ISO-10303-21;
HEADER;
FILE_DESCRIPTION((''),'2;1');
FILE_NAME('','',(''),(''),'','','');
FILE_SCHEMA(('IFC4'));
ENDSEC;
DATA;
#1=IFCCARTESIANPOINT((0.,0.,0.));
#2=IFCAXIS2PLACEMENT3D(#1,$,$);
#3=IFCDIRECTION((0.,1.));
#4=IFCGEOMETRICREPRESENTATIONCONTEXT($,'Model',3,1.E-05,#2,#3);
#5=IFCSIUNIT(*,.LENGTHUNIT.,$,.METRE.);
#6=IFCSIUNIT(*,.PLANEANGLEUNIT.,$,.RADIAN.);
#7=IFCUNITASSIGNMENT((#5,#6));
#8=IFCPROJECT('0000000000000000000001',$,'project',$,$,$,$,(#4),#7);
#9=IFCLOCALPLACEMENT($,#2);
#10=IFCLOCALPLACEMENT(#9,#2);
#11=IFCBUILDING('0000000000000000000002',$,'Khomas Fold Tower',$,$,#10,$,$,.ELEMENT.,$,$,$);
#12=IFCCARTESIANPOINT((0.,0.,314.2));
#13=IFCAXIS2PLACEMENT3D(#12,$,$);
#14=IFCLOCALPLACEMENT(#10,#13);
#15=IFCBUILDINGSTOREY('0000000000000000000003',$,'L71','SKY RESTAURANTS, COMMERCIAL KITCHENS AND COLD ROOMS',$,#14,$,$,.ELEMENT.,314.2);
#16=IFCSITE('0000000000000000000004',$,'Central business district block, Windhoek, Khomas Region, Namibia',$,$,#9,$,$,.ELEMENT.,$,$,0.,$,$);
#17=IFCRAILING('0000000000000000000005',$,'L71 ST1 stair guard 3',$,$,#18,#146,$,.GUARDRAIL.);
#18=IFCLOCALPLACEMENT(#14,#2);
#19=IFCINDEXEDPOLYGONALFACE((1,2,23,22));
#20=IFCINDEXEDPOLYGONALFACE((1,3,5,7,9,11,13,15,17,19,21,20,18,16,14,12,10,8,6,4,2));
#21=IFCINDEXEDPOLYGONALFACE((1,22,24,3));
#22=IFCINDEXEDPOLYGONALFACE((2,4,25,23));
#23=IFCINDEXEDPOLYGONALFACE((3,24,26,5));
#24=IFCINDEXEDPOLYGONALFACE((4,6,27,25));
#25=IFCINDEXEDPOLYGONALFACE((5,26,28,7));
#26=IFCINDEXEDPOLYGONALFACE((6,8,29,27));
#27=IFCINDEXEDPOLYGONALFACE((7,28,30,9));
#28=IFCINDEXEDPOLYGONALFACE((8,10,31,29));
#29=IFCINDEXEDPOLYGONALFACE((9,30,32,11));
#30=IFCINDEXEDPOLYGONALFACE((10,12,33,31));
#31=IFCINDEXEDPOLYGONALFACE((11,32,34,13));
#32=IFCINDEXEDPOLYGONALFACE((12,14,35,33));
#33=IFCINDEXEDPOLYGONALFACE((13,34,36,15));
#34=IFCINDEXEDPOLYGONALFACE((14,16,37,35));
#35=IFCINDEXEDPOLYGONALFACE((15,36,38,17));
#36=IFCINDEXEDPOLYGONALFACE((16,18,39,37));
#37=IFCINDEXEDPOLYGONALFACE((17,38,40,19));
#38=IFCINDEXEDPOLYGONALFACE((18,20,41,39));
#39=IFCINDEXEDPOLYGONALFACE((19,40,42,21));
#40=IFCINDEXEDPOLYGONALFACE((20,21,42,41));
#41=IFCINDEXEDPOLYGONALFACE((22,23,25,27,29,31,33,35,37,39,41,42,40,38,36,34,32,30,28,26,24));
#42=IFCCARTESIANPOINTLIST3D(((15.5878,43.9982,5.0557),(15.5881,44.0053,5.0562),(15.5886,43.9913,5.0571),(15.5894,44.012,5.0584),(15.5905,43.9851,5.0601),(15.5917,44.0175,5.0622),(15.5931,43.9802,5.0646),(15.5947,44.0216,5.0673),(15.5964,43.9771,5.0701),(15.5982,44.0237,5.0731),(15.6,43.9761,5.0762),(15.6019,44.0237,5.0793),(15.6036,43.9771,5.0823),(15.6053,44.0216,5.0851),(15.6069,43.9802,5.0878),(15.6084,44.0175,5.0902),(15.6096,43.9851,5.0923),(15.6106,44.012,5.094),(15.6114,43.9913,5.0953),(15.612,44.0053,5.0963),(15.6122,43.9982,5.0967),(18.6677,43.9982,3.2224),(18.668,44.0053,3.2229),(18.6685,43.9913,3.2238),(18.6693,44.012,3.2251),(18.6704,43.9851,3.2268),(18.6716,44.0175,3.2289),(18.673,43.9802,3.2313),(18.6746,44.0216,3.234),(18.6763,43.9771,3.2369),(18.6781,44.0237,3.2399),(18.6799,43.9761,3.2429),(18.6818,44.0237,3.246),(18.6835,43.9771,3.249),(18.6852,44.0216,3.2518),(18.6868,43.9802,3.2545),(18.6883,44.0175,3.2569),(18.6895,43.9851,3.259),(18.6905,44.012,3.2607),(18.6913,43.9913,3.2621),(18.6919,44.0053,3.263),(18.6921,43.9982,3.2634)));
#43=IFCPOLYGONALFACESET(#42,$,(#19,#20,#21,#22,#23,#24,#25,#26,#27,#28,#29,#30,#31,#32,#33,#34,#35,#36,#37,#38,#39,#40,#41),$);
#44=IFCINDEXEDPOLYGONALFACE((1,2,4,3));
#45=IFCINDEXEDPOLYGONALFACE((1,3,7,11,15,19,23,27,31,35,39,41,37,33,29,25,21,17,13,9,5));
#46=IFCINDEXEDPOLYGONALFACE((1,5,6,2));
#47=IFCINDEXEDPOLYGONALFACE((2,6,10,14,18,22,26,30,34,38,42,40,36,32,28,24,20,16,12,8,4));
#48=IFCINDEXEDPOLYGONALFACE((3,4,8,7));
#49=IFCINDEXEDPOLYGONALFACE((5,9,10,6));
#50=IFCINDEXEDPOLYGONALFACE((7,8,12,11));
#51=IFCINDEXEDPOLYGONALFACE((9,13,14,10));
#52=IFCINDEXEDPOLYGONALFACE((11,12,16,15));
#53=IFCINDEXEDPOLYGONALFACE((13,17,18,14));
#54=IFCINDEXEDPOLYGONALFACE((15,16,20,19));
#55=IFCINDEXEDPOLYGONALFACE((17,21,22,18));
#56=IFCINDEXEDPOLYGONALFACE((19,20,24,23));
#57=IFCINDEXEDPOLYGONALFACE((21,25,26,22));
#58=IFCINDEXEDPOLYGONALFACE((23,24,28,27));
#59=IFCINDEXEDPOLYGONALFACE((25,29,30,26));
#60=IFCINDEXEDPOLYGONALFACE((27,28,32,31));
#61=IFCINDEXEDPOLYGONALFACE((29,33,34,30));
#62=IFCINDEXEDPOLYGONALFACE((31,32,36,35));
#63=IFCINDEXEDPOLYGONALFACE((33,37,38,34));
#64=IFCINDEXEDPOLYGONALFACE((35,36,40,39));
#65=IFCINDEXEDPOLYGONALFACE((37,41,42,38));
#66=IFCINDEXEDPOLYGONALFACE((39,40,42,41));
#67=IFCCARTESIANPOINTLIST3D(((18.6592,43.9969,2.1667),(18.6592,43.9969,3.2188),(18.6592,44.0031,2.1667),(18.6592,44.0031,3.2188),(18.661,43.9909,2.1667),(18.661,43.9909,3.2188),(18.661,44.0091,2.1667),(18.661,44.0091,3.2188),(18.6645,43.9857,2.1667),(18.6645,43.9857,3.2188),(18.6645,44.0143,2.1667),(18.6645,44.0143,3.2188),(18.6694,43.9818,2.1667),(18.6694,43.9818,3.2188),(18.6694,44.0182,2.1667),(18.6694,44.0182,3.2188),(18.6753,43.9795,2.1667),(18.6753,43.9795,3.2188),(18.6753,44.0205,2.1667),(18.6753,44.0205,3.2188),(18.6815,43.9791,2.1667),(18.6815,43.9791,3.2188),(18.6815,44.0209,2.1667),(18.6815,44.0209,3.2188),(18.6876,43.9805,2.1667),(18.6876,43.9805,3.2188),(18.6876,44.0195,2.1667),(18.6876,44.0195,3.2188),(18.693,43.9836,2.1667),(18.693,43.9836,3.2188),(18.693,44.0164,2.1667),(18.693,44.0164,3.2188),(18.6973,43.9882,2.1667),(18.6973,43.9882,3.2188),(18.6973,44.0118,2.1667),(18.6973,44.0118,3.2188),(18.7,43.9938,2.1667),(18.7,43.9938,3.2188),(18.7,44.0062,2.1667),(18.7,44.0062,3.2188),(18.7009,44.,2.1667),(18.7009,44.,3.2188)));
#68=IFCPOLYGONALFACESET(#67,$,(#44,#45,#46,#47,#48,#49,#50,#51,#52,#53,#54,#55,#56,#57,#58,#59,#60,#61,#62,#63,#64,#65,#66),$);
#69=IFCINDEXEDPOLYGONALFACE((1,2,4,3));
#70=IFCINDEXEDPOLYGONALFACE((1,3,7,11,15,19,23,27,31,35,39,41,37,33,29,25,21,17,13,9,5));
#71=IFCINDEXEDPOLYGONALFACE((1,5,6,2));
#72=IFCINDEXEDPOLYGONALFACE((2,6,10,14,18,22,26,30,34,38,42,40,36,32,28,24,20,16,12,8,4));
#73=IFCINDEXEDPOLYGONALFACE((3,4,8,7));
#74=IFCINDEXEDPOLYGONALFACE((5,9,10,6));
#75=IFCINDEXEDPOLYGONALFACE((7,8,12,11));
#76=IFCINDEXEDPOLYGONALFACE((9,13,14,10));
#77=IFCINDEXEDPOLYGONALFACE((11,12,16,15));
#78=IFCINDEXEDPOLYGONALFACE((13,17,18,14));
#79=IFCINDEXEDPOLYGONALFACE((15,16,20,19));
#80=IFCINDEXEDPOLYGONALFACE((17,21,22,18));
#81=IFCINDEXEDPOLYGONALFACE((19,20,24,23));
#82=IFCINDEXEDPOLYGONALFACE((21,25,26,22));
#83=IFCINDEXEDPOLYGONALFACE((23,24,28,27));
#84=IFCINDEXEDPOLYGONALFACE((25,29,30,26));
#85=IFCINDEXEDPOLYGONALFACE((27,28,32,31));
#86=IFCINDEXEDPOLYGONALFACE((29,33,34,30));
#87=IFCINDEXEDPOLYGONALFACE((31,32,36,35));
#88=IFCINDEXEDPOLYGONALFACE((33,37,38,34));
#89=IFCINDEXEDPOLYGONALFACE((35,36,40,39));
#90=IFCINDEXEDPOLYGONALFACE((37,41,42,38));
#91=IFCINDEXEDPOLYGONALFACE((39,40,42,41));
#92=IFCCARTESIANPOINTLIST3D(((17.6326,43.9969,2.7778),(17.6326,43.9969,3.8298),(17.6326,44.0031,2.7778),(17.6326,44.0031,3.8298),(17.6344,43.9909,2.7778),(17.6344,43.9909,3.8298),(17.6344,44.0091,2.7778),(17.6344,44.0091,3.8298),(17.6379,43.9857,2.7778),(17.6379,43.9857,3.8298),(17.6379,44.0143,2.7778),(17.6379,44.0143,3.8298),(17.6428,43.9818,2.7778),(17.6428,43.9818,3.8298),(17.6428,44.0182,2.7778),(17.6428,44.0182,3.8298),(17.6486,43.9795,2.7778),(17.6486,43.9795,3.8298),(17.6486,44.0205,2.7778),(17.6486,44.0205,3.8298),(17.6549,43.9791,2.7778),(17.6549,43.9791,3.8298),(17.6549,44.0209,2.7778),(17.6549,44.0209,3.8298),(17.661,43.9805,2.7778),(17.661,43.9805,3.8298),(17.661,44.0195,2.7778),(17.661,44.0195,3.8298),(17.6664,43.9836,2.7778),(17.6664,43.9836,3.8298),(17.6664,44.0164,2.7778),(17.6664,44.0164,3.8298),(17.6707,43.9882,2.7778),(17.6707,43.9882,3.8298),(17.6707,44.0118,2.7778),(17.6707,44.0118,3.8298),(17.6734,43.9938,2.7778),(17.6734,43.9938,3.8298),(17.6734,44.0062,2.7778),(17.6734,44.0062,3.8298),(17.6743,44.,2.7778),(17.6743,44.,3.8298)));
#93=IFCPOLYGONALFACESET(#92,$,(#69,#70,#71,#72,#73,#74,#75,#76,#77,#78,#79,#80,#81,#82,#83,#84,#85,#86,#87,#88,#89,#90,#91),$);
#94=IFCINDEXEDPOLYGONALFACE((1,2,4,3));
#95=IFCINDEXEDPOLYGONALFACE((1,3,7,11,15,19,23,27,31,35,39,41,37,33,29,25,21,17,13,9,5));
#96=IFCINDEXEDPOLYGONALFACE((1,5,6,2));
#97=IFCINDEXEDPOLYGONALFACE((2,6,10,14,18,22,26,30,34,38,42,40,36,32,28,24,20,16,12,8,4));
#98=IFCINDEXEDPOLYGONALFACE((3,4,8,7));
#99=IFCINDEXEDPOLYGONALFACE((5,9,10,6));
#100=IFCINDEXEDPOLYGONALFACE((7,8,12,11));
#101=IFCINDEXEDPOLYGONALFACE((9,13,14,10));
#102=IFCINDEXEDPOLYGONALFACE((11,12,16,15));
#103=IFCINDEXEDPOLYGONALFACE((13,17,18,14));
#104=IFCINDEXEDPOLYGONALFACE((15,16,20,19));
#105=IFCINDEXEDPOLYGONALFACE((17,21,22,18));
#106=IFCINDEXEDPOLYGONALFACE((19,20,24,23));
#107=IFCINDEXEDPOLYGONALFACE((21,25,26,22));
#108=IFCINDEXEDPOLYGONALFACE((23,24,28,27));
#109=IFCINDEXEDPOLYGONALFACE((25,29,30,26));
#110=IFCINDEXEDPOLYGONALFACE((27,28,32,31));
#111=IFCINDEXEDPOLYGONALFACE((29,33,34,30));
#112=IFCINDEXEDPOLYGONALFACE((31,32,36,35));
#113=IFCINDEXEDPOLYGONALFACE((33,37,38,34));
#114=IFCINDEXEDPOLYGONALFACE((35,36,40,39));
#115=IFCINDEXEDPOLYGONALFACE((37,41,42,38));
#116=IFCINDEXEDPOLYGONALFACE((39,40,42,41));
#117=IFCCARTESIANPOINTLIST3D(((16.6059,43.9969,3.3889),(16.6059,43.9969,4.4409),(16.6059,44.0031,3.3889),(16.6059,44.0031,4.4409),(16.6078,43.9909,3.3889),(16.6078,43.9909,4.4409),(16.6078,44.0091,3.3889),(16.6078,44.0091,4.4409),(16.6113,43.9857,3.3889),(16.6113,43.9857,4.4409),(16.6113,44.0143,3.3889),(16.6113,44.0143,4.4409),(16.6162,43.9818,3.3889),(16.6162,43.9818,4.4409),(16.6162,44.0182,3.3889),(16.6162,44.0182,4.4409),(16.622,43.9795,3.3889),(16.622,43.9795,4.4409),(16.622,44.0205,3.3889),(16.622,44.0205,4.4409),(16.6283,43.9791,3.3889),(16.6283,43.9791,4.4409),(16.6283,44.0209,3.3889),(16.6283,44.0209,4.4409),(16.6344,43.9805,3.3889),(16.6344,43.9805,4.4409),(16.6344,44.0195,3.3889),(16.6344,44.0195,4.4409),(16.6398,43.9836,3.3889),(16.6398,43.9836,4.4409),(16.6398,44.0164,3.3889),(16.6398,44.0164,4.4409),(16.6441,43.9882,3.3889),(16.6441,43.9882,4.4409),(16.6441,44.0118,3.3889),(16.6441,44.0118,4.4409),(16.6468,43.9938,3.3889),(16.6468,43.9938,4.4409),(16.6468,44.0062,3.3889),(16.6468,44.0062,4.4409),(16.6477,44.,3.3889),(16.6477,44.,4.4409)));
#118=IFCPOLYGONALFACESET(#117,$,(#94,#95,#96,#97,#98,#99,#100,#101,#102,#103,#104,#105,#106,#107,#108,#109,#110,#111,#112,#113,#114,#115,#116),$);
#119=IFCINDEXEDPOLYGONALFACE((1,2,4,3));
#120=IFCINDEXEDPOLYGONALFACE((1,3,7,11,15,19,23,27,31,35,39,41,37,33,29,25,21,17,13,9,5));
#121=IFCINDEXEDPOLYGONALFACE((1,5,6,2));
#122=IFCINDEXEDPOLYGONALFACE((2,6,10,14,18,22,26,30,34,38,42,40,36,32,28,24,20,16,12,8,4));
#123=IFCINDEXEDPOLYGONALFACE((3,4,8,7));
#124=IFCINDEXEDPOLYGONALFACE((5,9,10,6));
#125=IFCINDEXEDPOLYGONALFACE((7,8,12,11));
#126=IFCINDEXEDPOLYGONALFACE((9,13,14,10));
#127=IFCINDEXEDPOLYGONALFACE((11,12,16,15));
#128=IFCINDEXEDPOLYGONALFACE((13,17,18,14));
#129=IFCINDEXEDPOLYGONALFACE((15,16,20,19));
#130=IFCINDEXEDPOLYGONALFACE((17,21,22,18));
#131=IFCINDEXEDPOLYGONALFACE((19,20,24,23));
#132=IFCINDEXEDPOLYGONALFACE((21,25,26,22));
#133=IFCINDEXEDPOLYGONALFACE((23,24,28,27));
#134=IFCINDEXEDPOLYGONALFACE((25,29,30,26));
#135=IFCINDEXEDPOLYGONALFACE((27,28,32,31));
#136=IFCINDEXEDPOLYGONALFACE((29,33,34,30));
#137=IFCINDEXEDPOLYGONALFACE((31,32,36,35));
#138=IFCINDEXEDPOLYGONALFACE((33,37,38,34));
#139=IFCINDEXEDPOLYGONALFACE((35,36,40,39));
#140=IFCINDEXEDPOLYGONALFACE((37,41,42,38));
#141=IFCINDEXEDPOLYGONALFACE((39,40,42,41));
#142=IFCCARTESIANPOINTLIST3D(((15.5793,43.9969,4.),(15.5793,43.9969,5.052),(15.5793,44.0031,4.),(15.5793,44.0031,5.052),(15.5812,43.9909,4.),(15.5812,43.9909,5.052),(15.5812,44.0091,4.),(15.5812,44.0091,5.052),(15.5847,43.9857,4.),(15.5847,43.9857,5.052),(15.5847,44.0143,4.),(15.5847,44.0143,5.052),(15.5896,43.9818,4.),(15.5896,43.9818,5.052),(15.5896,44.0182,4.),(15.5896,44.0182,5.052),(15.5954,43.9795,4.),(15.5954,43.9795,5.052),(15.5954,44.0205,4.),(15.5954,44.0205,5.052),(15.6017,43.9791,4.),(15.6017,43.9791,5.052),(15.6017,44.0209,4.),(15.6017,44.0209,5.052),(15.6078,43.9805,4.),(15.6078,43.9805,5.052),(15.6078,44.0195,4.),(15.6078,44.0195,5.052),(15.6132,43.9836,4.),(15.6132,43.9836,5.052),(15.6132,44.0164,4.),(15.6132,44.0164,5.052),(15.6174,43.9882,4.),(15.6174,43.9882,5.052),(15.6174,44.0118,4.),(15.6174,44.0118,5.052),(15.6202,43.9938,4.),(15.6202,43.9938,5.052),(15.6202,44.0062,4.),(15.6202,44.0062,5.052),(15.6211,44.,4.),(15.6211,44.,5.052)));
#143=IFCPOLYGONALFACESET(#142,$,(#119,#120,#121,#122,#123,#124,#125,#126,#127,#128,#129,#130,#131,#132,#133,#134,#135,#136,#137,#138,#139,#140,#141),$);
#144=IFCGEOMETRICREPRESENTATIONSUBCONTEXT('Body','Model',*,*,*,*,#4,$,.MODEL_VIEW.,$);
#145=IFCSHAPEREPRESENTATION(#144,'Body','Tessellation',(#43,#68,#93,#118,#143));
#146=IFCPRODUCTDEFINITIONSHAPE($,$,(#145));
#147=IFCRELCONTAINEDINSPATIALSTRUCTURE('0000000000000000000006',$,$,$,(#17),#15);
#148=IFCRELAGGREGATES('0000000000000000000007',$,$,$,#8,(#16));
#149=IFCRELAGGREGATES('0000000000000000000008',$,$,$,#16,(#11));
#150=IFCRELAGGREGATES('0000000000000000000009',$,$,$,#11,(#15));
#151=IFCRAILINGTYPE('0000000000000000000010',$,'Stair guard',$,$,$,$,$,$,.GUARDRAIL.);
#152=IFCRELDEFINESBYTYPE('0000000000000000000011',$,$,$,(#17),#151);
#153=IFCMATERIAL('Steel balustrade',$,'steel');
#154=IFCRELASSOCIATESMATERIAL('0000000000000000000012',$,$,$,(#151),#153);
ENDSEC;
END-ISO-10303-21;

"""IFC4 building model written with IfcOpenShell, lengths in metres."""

from ifc_helpers import new_model, si_unit, direction, frame, origin, origin_2d, place, context, subcontext, project, spatial, circle, extrude, source, transform, mapped, material, type_object, element, save


model = new_model("IFC4")

# Units and contexts
model_context = context("Model", 3, precision=1e-05, world=origin(), true_north=direction((0.0, 1.0)))
body_context = subcontext(model_context, "Body", "Model", "MODEL_VIEW")
ifc_project = project(units=[si_unit("LENGTHUNIT", "METRE"), si_unit("PLANEANGLEUNIT", "RADIAN")], contexts=[model_context])

# Site, building, storey
site_placement = place(None, origin())
site = spatial("IfcSite", under=ifc_project, at=site_placement, Name="Central business district block, Windhoek, Khomas Region, Namibia", CompositionType="ELEMENT", RefElevation=0.0)
building_placement = place(site_placement, origin())
building = spatial("IfcBuilding", under=site, at=building_placement, Name="Khomas Fold Tower", CompositionType="ELEMENT")
storey_placement = place(building_placement, frame((0.0, 0.0, 314.2)))
storey = spatial("IfcBuildingStorey", under=building, at=storey_placement, Name="L71", Description="SKY RESTAURANTS, COMMERCIAL KITCHENS AND COLD ROOMS", CompositionType="ELEMENT", Elevation=314.2)

# Railing
ifc_material_1 = material(Name="Steel balustrade", Category="steel")
railing_type_1 = type_object("IfcRailingType", Name="Stair guard", PredefinedType="GUARDRAIL", material=ifc_material_1)
shared_shape_1 = source(origin(), body_context, "Body", "SweptSolid", [
    extrude(circle(Radius=0.0239, at=origin_2d()), frame((0.0, 0.0, 1.0762), z_axis=(-0.859291, 0.0, 0.511487), x_axis=(0.0, -1.0, 0.0)), (0.0, 0.0, 1.0), 3.5842),
    extrude(circle(Radius=0.021, at=origin_2d()), origin(), (0.0, 0.0, 1.0), 1.052),
    extrude(circle(Radius=0.021, at=origin_2d()), frame((-1.0266, 0.0, 0.6111)), (0.0, 0.0, 1.0), 1.052),
    extrude(circle(Radius=0.021, at=origin_2d()), frame((-2.0532, 0.0, 1.2222)), (0.0, 0.0, 1.0), 1.052),
    extrude(circle(Radius=0.021, at=origin_2d()), frame((-3.0798, 0.0, 1.8333)), (0.0, 0.0, 1.0), 1.052),
])
railing_1_placement = place(storey_placement, frame((18.6799, 44.0, 2.1667)))
element("IfcRailing", 1, at=railing_1_placement, inside=storey, type_object=railing_type_1, Name="L71 ST1 stair guard 3", PredefinedType="GUARDRAIL", context=body_context, shape_type="MappedRepresentation", body=[
    mapped(shared_shape_1, transform((0.0, 0.0, 0.0))),
])

save(model, "model.ifc")
